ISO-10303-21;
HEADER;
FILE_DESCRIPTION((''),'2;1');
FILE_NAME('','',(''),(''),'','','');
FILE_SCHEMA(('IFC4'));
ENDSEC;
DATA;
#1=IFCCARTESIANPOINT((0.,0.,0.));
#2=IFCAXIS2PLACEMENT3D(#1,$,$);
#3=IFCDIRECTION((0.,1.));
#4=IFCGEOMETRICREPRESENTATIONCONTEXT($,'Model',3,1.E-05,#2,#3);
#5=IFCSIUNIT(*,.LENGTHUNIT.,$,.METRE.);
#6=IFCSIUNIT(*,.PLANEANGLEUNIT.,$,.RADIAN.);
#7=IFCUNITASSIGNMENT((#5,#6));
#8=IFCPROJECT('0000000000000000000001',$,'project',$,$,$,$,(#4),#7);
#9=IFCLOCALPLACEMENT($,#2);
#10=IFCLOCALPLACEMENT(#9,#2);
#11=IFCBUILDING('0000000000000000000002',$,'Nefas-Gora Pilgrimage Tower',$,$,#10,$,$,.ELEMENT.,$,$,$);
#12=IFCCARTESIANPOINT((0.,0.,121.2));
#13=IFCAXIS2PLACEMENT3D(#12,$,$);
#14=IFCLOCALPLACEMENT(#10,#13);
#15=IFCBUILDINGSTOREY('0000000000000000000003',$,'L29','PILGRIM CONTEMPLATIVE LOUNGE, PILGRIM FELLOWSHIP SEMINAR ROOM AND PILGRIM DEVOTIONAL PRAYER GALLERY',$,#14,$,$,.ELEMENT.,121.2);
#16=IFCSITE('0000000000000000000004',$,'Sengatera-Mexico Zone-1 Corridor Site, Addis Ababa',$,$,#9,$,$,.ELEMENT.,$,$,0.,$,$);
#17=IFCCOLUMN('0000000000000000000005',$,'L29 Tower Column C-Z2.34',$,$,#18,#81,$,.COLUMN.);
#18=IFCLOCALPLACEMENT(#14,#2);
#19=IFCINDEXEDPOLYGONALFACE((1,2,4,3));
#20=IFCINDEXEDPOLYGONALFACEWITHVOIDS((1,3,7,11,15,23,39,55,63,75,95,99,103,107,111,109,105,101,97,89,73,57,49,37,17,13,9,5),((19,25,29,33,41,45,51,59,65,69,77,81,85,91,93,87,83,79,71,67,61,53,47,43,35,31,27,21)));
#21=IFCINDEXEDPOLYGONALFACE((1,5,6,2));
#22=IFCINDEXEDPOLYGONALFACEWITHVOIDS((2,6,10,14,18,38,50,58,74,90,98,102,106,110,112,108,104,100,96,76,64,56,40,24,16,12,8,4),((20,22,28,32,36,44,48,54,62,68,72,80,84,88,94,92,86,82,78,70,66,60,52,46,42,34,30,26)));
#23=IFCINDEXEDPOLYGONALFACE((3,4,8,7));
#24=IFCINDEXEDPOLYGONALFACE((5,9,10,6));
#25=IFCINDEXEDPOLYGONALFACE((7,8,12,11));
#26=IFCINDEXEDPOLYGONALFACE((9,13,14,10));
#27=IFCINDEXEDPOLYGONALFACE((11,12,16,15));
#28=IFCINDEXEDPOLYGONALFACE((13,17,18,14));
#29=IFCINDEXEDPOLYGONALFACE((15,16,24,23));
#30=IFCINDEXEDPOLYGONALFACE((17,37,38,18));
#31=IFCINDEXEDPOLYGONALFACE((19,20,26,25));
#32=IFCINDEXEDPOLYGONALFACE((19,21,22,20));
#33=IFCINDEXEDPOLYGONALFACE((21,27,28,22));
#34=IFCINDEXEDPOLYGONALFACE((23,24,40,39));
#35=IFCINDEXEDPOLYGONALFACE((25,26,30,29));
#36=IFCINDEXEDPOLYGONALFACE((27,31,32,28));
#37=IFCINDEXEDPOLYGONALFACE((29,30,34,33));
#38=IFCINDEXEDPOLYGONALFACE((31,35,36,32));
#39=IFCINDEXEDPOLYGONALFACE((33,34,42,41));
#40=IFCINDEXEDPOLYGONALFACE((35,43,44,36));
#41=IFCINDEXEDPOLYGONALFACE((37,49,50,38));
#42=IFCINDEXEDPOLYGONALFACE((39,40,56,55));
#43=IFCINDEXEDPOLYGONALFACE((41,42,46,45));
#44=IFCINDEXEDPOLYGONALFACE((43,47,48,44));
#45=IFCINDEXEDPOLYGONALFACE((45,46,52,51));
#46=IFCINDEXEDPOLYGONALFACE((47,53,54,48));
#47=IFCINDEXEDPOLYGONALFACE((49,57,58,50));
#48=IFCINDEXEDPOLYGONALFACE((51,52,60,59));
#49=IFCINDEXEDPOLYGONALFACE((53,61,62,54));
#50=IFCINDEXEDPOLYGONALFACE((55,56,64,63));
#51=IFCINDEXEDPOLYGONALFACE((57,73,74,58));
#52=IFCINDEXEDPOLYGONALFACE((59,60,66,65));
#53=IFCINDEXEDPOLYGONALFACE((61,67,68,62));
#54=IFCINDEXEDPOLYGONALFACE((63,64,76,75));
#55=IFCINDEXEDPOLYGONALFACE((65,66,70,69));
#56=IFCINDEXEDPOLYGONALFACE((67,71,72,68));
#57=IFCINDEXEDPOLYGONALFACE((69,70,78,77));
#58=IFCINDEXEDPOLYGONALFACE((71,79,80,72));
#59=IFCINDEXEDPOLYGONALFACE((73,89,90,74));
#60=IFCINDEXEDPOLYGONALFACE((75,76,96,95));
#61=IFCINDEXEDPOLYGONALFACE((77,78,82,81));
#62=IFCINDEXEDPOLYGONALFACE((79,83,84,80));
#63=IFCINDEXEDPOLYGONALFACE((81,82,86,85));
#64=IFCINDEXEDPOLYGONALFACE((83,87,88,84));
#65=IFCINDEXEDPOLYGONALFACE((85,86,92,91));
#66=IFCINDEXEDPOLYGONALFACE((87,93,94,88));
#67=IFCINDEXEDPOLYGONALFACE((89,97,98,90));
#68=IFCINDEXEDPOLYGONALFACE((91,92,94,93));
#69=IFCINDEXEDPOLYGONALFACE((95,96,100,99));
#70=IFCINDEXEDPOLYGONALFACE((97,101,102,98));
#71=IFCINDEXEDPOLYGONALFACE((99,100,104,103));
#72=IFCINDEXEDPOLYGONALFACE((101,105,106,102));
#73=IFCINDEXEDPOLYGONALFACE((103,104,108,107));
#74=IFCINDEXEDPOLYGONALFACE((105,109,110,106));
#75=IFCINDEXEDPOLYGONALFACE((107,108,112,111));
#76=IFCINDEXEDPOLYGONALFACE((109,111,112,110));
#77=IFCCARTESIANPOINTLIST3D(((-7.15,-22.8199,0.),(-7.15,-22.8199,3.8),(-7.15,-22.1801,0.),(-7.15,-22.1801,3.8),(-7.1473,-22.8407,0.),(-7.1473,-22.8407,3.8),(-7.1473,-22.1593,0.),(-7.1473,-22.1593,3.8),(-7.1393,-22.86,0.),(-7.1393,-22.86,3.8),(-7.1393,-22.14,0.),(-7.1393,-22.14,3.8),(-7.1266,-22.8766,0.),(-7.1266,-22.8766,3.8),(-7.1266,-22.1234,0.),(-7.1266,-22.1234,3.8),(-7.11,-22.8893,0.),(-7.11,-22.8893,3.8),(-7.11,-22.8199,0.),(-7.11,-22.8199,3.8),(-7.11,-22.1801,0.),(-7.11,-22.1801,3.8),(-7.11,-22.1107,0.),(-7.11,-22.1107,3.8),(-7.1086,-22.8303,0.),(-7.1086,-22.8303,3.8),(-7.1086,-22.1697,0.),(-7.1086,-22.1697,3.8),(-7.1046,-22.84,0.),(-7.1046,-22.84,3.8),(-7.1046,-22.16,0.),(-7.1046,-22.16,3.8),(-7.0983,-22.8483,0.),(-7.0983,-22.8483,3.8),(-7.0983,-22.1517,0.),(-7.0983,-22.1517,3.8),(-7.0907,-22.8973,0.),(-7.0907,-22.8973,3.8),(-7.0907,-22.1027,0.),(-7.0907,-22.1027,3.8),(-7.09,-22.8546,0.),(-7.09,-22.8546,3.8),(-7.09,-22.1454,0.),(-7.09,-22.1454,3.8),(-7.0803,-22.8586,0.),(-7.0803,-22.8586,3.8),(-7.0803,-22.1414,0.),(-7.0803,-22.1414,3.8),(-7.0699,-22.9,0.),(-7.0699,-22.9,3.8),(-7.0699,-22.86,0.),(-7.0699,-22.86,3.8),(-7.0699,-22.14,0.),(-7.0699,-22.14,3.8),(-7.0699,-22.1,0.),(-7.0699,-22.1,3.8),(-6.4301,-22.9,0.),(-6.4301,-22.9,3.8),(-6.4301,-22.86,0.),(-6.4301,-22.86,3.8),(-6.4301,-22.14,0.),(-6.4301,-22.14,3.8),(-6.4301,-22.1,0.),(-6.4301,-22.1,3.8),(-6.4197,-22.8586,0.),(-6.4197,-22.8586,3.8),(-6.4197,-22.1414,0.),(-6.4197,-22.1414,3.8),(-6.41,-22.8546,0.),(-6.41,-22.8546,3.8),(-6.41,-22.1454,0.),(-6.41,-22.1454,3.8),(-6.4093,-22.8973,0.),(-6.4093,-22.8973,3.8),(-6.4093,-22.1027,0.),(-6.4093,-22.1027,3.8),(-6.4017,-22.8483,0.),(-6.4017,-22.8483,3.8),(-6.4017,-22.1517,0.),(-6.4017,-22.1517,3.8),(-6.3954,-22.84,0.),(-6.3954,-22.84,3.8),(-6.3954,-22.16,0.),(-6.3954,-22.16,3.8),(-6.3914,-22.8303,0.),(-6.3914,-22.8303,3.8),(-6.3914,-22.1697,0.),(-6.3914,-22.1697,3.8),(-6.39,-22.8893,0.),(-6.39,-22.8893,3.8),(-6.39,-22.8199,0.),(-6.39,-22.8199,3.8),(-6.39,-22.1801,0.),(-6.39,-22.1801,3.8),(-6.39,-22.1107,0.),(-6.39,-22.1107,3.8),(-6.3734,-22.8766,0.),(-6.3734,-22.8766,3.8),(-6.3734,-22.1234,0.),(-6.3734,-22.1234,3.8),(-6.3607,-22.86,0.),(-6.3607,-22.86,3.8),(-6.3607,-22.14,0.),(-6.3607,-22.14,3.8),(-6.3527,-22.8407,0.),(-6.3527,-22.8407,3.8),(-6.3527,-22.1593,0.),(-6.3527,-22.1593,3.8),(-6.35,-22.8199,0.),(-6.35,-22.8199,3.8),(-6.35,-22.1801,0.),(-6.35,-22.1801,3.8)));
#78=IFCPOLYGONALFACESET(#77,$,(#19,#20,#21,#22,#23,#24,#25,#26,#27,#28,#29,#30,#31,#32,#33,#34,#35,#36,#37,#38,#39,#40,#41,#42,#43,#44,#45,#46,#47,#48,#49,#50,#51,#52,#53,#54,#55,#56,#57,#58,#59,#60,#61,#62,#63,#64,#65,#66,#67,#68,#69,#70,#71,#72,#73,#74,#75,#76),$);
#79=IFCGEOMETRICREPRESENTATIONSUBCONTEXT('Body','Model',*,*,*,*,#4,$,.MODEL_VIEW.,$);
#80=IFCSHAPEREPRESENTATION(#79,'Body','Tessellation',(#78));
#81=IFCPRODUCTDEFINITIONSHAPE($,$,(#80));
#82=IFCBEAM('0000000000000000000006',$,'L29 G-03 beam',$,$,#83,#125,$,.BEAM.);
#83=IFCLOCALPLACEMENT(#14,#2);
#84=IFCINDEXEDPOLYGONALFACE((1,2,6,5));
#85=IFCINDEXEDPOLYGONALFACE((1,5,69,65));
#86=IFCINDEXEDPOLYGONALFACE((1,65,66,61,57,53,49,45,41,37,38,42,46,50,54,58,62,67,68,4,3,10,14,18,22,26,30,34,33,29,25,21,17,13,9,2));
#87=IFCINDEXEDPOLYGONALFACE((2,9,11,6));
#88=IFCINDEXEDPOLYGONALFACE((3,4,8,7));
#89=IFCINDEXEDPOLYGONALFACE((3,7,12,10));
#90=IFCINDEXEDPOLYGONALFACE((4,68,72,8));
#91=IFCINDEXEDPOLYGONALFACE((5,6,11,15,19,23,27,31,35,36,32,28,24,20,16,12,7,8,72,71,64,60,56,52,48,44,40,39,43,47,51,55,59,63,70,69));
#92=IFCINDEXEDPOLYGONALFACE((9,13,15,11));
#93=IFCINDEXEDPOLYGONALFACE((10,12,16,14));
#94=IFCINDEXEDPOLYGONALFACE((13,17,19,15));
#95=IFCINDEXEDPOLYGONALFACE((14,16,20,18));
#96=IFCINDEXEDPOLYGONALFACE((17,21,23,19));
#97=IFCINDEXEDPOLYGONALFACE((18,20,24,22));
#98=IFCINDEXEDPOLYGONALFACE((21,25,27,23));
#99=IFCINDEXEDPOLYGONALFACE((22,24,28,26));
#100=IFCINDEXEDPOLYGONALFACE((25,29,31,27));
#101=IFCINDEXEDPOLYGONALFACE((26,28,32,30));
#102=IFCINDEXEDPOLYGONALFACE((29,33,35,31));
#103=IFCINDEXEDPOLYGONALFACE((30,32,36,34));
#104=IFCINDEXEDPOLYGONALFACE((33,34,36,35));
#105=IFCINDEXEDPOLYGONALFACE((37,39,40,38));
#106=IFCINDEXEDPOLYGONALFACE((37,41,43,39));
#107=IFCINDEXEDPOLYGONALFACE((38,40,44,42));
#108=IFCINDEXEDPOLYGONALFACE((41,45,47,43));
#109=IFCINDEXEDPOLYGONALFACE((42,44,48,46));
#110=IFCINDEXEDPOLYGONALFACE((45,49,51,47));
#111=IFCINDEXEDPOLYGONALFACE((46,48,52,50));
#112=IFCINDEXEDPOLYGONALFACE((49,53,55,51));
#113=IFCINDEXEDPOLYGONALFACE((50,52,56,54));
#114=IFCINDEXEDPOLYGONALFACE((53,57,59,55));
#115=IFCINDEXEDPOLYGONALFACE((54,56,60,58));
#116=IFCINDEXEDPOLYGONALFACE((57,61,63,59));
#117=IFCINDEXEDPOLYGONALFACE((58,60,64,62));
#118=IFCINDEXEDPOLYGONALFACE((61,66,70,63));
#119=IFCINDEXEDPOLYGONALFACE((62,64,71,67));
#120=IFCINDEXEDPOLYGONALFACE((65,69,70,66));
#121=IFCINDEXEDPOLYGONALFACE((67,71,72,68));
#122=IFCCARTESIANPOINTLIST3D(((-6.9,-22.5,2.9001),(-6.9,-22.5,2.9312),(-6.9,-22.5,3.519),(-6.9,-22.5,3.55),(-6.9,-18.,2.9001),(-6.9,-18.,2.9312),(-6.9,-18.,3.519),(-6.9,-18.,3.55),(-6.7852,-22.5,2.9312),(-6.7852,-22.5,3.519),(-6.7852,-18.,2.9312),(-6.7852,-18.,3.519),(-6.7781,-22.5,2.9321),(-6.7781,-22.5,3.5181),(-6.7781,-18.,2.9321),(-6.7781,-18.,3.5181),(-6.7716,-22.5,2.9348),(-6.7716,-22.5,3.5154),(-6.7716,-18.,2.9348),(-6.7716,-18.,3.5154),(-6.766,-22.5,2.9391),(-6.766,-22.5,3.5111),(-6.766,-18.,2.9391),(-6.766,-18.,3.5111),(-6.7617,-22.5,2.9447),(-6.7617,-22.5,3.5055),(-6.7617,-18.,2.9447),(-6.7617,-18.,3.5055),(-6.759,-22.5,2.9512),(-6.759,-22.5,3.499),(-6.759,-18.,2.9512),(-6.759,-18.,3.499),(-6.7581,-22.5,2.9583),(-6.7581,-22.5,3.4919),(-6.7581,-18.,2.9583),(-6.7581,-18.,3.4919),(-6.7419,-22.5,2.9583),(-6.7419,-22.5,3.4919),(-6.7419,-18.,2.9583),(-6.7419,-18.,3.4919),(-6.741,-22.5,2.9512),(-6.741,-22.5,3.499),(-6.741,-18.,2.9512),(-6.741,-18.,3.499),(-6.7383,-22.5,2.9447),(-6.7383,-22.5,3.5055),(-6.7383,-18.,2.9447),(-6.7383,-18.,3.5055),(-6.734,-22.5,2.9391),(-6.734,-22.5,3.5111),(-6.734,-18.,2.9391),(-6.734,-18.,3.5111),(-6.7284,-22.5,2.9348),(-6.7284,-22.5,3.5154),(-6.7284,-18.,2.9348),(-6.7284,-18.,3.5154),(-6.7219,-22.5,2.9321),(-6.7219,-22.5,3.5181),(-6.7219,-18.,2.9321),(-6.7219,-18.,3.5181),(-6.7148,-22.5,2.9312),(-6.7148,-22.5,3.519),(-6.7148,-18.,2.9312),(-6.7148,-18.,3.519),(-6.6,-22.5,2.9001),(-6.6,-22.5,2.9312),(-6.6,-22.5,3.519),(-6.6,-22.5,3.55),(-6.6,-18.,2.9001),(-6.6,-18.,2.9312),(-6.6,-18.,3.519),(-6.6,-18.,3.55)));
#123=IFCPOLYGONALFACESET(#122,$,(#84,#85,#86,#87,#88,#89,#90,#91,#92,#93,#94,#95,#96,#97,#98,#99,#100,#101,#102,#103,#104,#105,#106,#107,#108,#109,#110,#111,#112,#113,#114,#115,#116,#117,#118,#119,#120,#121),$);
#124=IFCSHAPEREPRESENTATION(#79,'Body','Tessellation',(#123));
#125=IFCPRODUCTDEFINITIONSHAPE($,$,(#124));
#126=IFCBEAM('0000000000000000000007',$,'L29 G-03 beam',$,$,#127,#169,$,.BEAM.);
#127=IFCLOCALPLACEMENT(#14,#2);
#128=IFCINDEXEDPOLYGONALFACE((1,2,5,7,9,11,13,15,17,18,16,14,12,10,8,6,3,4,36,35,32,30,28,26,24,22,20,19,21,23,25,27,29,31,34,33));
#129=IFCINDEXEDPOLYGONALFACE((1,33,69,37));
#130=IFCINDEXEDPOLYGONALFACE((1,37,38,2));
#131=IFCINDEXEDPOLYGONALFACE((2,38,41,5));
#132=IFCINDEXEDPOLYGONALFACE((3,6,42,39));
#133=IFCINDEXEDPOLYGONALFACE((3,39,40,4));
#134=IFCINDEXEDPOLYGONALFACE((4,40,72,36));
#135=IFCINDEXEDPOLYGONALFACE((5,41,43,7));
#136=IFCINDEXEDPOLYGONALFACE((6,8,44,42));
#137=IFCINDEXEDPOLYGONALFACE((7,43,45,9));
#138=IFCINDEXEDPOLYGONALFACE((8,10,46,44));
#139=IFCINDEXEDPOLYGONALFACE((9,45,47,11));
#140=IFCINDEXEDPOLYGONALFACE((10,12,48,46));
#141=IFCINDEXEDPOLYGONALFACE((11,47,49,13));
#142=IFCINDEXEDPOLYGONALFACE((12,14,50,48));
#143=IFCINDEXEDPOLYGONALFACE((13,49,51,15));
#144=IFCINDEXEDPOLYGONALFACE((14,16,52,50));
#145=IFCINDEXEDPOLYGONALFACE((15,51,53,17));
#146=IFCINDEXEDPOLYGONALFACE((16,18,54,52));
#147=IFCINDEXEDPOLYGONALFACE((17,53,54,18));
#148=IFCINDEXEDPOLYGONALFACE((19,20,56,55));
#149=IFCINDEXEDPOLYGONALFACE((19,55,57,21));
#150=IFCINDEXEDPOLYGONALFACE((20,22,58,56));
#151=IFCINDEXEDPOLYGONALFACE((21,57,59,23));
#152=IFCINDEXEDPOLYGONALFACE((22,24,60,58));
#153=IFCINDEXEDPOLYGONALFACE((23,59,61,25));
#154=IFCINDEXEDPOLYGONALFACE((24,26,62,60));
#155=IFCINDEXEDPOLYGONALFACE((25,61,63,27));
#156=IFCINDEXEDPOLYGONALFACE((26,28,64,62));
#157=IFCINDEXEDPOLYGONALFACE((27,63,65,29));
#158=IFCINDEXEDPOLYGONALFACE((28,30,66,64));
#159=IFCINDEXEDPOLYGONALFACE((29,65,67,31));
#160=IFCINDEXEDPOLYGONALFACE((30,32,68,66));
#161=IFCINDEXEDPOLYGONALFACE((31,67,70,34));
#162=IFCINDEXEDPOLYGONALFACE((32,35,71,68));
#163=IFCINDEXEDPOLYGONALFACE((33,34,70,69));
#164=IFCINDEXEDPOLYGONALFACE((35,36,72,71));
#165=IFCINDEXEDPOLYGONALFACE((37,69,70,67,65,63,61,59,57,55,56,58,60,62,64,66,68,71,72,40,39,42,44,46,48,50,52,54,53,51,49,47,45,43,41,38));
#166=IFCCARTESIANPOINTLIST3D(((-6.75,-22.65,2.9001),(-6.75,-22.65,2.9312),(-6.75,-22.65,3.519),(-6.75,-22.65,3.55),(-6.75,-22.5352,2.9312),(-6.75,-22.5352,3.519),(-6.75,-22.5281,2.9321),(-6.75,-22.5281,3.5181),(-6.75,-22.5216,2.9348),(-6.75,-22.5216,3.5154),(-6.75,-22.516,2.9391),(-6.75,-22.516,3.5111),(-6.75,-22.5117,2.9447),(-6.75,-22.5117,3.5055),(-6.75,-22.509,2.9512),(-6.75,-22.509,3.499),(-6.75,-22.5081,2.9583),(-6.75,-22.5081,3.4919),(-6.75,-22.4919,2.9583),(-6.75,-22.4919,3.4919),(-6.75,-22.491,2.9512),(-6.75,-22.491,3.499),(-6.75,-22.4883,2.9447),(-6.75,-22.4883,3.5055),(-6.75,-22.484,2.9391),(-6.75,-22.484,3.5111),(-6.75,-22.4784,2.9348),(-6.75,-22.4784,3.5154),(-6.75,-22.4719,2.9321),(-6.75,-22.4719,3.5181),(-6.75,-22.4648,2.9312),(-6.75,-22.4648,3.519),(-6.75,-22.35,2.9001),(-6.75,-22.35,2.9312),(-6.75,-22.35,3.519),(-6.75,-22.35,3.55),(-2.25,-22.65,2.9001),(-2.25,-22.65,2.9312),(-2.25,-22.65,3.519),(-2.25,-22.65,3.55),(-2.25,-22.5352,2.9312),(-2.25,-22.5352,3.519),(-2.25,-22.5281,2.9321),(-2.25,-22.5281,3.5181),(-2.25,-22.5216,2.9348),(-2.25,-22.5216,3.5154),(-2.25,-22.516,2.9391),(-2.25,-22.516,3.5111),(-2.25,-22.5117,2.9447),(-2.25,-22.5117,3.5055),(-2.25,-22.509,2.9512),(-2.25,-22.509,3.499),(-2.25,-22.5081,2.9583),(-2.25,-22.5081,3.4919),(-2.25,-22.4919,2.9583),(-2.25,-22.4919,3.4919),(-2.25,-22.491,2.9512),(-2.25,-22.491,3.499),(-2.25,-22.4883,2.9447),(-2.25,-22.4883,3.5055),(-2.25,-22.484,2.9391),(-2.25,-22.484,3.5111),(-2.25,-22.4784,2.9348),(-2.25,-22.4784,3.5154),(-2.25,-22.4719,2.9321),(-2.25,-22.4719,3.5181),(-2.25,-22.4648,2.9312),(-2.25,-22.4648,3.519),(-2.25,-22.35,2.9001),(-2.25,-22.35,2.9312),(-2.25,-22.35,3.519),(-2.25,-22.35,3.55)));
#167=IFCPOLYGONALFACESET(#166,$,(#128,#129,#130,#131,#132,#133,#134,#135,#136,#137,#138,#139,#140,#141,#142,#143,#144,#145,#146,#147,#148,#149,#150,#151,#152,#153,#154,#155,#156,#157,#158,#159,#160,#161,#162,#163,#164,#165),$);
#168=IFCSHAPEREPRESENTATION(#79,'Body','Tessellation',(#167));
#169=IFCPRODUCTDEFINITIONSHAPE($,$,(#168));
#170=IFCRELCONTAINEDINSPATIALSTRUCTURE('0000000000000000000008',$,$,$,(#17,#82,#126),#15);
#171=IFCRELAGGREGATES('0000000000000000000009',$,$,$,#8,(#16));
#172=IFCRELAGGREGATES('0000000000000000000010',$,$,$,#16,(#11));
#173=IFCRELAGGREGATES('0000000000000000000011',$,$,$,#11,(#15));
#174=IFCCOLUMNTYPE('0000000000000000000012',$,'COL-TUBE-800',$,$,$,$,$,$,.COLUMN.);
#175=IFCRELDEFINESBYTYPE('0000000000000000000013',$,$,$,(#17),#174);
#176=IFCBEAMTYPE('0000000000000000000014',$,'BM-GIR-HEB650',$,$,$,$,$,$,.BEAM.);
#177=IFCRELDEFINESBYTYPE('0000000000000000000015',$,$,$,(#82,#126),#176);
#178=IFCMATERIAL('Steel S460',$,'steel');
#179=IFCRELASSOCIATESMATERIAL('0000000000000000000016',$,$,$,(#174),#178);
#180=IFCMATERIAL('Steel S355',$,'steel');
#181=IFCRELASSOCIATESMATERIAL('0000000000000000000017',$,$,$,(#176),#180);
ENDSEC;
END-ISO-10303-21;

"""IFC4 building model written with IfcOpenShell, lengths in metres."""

from ifc_helpers import new_model, si_unit, direction, frame, origin, origin_2d, place, context, subcontext, project, spatial, hollow_rectangle, i_section, extrude, source, transform, mapped, material, material_profile, profile_set, type_object, element, save


model = new_model("IFC4")

# Units and contexts
model_context = context("Model", 3, precision=1e-05, world=origin(), true_north=direction((0.0, 1.0)))
body_context = subcontext(model_context, "Body", "Model", "MODEL_VIEW")
ifc_project = project(units=[si_unit("LENGTHUNIT", "METRE"), si_unit("PLANEANGLEUNIT", "RADIAN")], contexts=[model_context])

# Site, building, storey
site_placement = place(None, origin())
site = spatial("IfcSite", under=ifc_project, at=site_placement, Name="Sengatera-Mexico Zone-1 Corridor Site, Addis Ababa", CompositionType="ELEMENT", RefElevation=0.0)
building_placement = place(site_placement, origin())
building = spatial("IfcBuilding", under=site, at=building_placement, Name="Nefas-Gora Pilgrimage Tower", CompositionType="ELEMENT")
storey_placement = place(building_placement, frame((0.0, 0.0, 121.2)))
storey = spatial("IfcBuildingStorey", under=building, at=storey_placement, Name="L29", Description="PILGRIM CONTEMPLATIVE LOUNGE, PILGRIM FELLOWSHIP SEMINAR ROOM AND PILGRIM DEVOTIONAL PRAYER GALLERY", CompositionType="ELEMENT", Elevation=121.2)

# Column
ifc_material_1 = material(Name="Steel S460", Category="steel")
ifc_material_profile_1 = material_profile(ifc_material_1, hollow_rectangle(XDim=0.8, YDim=0.8, WallThickness=0.04, InnerFilletRadius=0.04, OuterFilletRadius=0.0801, at=origin_2d()), Name="BOX 800x800x40")
ifc_profile_set_1 = profile_set([ifc_material_profile_1], Name="Steel S460")
column_type_1 = type_object("IfcColumnType", Name="COL-TUBE-800", PredefinedType="COLUMN", material=ifc_profile_set_1)
shared_shape_1 = source(origin(), body_context, "Body", "SweptSolid", [
    extrude(hollow_rectangle(XDim=0.8, YDim=0.8, WallThickness=0.04, InnerFilletRadius=0.04, OuterFilletRadius=0.0801, at=origin_2d()), origin(), (0.0, 0.0, 1.0), 3.8),
])
column_placement = place(storey_placement, frame((-6.75, -22.5, 0.0), z_axis=(0.0, 0.0, 1.0), x_axis=(1.0, 0.0, 0.0)))
element("IfcColumn", 1, at=column_placement, inside=storey, type_object=column_type_1, Name="L29 Tower Column C-Z2.34", PredefinedType="COLUMN", context=body_context, shape_type="MappedRepresentation", body=[
    mapped(shared_shape_1, transform((0.0, 0.0, 0.0), x_axis=(1.0, 0.0, 0.0), y_axis=(0.0, 1.0, 0.0), z_axis=(0.0, 0.0, 1.0), scale=1.0)),
])

# Beams
ifc_material_2 = material(Name="Steel S355", Category="steel")
ifc_material_profile_2 = material_profile(ifc_material_2, i_section(OverallWidth=0.3, OverallDepth=0.6499, WebThickness=0.0161, FlangeThickness=0.031, FilletRadius=0.0271, at=origin_2d()), Name="HEB 650")
ifc_profile_set_2 = profile_set([ifc_material_profile_2], Name="Steel S355")
beam_type = type_object("IfcBeamType", Name="BM-GIR-HEB650", PredefinedType="BEAM", material=ifc_profile_set_2)
shared_shape_2 = source(origin(), body_context, "Body", "SweptSolid", [
    extrude(i_section(OverallWidth=0.3, OverallDepth=0.6499, WebThickness=0.0161, FlangeThickness=0.031, FilletRadius=0.0271, at=origin_2d()), origin(), (0.0, 0.0, 1.0), 4.5),
])
for number, where, z_axis, x_axis, name in (
    (2, (-6.75, -22.5, 3.2251), (0.0, 1.0, 0.0), (-1.0, 0.0, 0.0), "L29 G-03 beam"),
    (3, (-6.75, -22.5, 3.2251), (1.0, 0.0, 0.0), (0.0, 1.0, 0.0), "L29 G-03 beam"),
):
    element("IfcBeam", number, at=place(storey_placement, frame(where, z_axis=z_axis, x_axis=x_axis)), inside=storey, type_object=beam_type, Name=name, PredefinedType="BEAM", context=body_context, shape_type="MappedRepresentation", body=[
        mapped(shared_shape_2, transform((0.0, 0.0, 0.0), x_axis=(1.0, 0.0, 0.0), y_axis=(0.0, 1.0, 0.0), z_axis=(0.0, 0.0, 1.0), scale=1.0)),
    ])

save(model, "model.ifc")
